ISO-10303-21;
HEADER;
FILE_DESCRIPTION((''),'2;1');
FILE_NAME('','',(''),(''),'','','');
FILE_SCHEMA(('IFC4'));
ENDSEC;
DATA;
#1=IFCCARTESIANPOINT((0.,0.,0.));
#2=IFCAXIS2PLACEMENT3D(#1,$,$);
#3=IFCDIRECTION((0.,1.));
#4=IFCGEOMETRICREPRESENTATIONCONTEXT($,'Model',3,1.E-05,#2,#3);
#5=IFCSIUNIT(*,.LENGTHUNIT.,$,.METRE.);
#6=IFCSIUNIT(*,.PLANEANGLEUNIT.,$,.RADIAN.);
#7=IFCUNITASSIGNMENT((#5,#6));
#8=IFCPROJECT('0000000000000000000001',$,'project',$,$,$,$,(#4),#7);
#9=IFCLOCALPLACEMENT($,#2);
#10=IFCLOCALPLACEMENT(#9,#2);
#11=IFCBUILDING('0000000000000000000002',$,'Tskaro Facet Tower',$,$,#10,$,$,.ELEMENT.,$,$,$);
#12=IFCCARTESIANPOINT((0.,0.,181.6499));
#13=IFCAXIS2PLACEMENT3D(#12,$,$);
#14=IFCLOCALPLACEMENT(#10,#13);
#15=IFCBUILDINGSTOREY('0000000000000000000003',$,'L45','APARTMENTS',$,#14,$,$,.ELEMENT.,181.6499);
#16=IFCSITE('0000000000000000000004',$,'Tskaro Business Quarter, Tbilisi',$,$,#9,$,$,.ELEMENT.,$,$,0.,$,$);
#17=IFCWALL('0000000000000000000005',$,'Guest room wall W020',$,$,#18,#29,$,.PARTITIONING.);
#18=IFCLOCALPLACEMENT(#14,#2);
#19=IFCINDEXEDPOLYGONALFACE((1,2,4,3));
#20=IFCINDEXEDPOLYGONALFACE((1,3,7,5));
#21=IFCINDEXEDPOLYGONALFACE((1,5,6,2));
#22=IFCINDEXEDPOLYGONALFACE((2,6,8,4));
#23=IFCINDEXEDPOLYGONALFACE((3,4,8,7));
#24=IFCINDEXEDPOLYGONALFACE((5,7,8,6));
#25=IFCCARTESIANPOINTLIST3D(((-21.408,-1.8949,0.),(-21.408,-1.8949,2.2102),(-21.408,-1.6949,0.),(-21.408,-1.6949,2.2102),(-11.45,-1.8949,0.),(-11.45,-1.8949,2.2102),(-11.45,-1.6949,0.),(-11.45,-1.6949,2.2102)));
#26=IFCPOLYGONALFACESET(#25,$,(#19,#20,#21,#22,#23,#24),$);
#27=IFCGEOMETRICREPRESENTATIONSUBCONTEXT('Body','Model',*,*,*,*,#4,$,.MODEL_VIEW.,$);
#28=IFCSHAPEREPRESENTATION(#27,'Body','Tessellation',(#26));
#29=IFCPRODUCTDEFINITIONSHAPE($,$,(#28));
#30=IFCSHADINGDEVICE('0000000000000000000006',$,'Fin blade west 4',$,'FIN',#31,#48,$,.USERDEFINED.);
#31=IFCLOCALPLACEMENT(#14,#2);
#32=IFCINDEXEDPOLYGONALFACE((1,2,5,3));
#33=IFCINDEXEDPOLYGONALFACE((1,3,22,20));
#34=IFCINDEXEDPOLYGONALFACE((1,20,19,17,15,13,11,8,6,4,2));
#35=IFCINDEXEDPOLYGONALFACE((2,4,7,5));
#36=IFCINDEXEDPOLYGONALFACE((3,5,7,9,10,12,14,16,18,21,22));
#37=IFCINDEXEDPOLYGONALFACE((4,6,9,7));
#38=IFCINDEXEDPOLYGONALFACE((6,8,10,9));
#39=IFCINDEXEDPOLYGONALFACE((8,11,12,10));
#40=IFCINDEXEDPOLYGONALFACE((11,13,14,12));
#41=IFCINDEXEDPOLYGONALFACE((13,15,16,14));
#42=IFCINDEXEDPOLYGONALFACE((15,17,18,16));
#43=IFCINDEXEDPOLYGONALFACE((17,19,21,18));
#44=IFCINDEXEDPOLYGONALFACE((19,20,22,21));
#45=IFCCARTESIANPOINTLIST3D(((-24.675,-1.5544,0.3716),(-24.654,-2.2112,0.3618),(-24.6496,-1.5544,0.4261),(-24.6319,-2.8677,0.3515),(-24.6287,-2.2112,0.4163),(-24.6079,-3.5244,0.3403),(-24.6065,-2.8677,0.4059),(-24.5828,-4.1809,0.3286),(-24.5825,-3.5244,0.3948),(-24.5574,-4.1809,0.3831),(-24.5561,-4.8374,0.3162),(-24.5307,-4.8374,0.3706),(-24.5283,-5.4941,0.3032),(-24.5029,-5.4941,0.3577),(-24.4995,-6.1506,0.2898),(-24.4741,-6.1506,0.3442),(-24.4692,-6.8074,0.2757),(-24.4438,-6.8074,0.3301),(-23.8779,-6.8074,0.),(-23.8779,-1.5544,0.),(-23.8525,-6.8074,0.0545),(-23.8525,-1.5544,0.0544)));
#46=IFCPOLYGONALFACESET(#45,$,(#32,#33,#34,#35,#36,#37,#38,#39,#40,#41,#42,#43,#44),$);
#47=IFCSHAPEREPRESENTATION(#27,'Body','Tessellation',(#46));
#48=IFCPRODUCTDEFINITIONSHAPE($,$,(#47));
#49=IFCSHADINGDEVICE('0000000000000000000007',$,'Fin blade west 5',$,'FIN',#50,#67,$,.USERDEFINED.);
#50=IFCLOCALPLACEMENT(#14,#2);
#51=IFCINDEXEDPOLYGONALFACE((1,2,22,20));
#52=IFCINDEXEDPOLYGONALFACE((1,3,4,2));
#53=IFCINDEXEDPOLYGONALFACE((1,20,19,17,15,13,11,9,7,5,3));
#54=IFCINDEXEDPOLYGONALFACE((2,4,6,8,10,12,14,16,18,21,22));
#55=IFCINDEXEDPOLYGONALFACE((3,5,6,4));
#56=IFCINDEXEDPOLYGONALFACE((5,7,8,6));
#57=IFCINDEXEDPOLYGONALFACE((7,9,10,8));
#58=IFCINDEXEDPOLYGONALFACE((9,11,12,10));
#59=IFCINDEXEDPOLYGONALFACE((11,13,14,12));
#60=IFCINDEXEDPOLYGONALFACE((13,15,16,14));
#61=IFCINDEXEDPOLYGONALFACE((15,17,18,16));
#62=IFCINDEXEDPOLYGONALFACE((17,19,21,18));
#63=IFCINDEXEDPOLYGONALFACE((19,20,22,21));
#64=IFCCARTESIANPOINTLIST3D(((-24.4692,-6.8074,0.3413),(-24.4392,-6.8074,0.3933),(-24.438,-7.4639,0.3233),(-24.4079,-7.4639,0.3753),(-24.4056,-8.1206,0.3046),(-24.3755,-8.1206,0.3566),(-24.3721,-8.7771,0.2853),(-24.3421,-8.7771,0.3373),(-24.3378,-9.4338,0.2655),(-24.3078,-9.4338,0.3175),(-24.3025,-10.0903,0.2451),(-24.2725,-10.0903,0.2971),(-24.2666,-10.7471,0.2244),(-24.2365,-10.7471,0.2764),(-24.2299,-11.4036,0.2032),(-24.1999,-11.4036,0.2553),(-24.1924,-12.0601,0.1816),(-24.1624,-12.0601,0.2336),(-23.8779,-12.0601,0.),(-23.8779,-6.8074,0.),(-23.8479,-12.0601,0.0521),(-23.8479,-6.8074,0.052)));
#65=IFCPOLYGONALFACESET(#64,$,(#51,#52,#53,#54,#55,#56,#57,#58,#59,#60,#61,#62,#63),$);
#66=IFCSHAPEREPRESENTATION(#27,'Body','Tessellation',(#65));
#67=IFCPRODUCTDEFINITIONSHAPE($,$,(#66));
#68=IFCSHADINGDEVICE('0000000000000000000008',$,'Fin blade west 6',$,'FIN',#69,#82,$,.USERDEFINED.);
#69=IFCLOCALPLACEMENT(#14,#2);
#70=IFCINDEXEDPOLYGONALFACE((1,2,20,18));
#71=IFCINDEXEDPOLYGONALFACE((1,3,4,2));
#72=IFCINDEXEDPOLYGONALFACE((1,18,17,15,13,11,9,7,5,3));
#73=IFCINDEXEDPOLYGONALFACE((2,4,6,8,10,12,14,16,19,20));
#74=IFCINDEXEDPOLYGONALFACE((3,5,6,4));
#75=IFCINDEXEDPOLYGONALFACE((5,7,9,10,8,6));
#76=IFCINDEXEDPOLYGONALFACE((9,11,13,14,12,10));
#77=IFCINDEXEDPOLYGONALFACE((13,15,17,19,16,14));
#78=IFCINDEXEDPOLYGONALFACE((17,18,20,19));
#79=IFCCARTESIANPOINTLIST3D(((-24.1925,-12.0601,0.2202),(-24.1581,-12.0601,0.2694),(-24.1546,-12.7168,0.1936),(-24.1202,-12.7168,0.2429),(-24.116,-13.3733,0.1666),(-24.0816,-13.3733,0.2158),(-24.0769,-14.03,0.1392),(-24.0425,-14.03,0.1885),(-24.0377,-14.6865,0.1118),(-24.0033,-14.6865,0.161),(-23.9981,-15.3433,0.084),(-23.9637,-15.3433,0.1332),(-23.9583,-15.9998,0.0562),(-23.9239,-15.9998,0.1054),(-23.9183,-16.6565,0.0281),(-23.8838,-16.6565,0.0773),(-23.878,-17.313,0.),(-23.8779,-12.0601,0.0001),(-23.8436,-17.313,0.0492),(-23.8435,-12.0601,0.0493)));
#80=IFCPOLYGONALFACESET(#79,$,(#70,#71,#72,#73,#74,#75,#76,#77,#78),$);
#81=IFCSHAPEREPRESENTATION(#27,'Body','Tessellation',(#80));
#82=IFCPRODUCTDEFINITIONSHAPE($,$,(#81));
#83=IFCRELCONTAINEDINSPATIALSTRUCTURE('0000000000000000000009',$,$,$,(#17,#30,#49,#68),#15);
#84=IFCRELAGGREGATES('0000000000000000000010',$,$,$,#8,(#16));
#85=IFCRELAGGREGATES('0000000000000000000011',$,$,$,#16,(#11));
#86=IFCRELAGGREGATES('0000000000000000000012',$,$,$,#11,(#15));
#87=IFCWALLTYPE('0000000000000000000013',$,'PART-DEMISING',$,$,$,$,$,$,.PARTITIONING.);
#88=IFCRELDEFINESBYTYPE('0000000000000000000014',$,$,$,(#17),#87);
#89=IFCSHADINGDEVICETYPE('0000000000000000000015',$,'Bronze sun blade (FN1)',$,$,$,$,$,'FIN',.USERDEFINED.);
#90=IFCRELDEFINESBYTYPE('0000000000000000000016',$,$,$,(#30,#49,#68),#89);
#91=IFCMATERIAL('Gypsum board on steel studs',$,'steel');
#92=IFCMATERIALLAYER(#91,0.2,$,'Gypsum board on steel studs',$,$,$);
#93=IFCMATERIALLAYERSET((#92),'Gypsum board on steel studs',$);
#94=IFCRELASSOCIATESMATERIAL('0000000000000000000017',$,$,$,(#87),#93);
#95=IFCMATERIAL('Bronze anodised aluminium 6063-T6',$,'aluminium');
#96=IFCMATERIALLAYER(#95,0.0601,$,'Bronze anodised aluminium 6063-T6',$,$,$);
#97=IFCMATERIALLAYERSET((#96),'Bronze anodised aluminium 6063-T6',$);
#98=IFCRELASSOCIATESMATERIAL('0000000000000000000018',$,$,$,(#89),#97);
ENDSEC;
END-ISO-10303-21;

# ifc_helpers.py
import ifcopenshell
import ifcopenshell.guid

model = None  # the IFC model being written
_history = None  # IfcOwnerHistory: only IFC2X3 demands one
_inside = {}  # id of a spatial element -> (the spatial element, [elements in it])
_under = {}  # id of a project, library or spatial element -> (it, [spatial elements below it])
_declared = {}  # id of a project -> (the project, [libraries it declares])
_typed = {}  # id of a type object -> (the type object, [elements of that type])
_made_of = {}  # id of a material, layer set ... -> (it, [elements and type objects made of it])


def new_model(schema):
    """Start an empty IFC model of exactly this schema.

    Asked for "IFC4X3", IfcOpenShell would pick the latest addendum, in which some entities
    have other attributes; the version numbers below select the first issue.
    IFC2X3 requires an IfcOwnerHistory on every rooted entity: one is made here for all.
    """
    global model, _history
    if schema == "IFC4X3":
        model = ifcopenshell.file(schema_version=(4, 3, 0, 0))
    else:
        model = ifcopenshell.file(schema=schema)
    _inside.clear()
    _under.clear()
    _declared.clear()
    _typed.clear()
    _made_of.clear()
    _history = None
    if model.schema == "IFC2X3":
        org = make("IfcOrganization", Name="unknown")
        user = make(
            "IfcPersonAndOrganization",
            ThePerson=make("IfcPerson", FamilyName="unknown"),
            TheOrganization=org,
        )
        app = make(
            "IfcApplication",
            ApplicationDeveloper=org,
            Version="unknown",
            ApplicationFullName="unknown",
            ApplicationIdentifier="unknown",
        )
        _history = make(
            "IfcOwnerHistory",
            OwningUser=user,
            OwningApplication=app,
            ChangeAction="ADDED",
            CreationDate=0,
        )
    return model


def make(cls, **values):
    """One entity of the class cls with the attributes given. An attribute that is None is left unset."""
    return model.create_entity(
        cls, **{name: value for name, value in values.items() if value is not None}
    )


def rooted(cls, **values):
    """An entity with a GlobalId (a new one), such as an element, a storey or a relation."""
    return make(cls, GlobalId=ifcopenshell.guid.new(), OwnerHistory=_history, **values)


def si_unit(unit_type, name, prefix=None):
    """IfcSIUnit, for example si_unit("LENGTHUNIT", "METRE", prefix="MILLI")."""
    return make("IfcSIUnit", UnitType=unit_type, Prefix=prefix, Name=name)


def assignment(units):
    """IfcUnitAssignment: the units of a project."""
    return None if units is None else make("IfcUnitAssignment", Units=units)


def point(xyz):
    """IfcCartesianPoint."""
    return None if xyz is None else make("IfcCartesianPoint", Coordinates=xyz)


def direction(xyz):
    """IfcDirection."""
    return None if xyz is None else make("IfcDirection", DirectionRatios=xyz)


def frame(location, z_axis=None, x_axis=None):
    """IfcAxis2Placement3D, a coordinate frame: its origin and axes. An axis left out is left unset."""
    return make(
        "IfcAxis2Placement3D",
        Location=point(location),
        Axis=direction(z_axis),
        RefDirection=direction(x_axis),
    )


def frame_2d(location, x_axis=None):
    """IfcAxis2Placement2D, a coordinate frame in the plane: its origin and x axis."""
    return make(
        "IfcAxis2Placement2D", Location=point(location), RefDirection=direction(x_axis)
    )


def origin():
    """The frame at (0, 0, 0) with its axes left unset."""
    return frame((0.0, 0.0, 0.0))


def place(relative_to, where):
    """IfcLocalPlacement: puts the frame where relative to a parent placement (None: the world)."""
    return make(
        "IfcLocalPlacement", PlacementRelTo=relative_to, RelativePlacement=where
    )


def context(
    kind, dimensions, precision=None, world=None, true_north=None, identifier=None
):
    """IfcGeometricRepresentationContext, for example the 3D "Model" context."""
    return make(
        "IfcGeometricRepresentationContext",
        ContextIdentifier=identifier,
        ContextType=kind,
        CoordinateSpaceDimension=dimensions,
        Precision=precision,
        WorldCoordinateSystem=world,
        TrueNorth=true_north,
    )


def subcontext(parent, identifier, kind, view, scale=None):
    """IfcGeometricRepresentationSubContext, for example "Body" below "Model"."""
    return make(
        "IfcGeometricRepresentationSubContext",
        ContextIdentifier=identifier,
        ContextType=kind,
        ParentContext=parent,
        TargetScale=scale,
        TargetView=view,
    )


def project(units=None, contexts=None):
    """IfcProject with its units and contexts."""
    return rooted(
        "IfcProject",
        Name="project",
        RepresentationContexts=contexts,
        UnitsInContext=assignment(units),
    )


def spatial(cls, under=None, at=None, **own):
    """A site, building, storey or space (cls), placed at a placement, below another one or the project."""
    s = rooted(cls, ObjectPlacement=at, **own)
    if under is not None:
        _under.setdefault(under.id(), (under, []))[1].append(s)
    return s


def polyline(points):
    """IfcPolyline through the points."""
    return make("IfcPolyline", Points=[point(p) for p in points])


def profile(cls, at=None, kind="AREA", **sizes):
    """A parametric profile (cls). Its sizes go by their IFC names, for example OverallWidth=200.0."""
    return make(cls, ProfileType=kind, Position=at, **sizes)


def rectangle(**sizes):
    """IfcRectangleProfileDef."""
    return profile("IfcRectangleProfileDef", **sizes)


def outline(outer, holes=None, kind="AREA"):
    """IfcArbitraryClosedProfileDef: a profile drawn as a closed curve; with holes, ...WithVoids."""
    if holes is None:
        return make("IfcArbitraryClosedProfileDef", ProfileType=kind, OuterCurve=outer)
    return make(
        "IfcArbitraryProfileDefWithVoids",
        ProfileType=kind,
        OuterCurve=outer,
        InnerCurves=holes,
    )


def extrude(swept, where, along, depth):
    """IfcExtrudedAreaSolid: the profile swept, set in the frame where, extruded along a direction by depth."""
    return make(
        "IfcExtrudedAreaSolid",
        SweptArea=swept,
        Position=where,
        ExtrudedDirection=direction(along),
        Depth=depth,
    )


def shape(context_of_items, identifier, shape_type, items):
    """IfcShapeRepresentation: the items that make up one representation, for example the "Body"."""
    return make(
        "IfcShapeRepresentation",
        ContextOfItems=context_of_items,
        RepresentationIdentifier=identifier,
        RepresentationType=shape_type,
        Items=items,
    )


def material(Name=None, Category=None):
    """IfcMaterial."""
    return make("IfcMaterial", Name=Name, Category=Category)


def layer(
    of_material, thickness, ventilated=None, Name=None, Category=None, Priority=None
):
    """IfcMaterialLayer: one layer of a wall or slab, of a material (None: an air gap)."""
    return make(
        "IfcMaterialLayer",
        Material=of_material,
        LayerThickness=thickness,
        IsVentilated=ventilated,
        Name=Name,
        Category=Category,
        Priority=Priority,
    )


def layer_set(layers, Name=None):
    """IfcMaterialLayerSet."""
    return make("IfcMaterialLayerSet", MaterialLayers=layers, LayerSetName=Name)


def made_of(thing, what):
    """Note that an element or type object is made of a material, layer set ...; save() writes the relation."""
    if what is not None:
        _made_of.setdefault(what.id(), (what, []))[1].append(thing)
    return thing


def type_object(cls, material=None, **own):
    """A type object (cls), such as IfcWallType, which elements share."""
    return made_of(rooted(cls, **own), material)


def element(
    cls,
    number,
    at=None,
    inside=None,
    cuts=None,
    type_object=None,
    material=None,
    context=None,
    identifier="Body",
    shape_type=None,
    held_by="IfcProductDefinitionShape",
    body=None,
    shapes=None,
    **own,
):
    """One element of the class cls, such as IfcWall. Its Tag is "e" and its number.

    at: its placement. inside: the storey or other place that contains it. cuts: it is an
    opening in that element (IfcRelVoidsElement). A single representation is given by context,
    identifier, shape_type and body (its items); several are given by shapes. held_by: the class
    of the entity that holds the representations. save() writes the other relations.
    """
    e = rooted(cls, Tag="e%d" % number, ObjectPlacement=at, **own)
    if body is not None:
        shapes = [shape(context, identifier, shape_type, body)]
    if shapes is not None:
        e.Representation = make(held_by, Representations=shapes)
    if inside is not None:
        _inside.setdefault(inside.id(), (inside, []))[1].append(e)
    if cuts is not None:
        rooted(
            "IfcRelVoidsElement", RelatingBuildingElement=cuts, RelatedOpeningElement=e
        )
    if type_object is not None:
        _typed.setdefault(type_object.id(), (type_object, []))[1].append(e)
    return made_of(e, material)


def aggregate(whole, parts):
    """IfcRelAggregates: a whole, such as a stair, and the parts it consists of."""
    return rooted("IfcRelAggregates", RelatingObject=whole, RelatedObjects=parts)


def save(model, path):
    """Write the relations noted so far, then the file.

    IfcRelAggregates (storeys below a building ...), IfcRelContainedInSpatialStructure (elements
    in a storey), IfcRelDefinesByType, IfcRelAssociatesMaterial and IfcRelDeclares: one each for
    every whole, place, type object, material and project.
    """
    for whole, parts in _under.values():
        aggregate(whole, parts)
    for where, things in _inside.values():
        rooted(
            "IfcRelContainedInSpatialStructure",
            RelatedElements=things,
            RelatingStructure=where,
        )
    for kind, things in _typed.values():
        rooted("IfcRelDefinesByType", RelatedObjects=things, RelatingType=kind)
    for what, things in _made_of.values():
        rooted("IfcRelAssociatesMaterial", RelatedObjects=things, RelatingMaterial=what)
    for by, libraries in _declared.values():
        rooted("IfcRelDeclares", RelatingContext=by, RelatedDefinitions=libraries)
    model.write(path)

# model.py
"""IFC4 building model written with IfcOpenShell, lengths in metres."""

from ifc_helpers import new_model, si_unit, direction, frame, frame_2d, origin, place, context, subcontext, project, spatial, polyline, rectangle, outline, extrude, material, layer, layer_set, type_object, element, save


model = new_model("IFC4")

# Units and contexts
model_context = context("Model", 3, precision=1e-05, world=origin(), true_north=direction((0.0, 1.0)))
body_context = subcontext(model_context, "Body", "Model", "MODEL_VIEW")
ifc_project = project(units=[si_unit("LENGTHUNIT", "METRE"), si_unit("PLANEANGLEUNIT", "RADIAN")], contexts=[model_context])

# Site, building, storey
site_placement = place(None, origin())
site = spatial("IfcSite", under=ifc_project, at=site_placement, Name="Tskaro Business Quarter, Tbilisi", CompositionType="ELEMENT", RefElevation=0.0)
building_placement = place(site_placement, origin())
building = spatial("IfcBuilding", under=site, at=building_placement, Name="Tskaro Facet Tower", CompositionType="ELEMENT")
storey_placement = place(building_placement, frame((0.0, 0.0, 181.6499)))
storey = spatial("IfcBuildingStorey", under=building, at=storey_placement, Name="L45", Description="APARTMENTS", CompositionType="ELEMENT", Elevation=181.6499)

# Shared definitions
ifc_material_1 = material(Name="Bronze anodised aluminium 6063-T6", Category="aluminium")

# Shared definitions
ifc_material_2 = material(Name="Gypsum board on steel studs", Category="steel")

# Wall
ifc_layer_1 = layer(ifc_material_2, 0.2, Name="Gypsum board on steel studs")
ifc_layer_set_1 = layer_set([ifc_layer_1], Name="Gypsum board on steel studs")
wall_type_1 = type_object("IfcWallType", Name="PART-DEMISING", PredefinedType="PARTITIONING", material=ifc_layer_set_1)
wall_1_placement = place(storey_placement, frame((-21.408, -1.7949, 0.0), z_axis=(0.0, 0.0, 1.0), x_axis=(1.0, 0.0, 0.0)))
element("IfcWall", 1, at=wall_1_placement, inside=storey, type_object=wall_type_1, Name="Guest room wall W020", PredefinedType="PARTITIONING", context=body_context, shape_type="SweptSolid", body=[
    extrude(rectangle(XDim=9.958, YDim=0.2, at=frame_2d((4.979, 0.0))), origin(), (0.0, 0.0, 1.0), 2.2102),
])

# Shading devices
ifc_layer_2 = layer(ifc_material_1, 0.0601, Name="Bronze anodised aluminium 6063-T6")
ifc_layer_set_2 = layer_set([ifc_layer_2], Name="Bronze anodised aluminium 6063-T6")
shading_device_type = type_object("IfcShadingDeviceType", Name="Bronze sun blade (FN1)", ElementType="FIN", PredefinedType="USERDEFINED", material=ifc_layer_set_2)
shading_device_1_placement = place(storey_placement, frame((-23.8525, -1.5544, 0.0544), z_axis=(0.422549, 0.000001, 0.90634), x_axis=(0.000001, -1.0, 0.000001)))
element("IfcShadingDevice", 2, at=shading_device_1_placement, inside=storey, type_object=shading_device_type, Name="Fin blade west 4", ObjectType="FIN", PredefinedType="USERDEFINED", context=body_context, shape_type="SweptSolid", body=[
    extrude(outline(polyline([(0.0, 0.0), (5.2529, 0.0), (5.2529, -0.6524), (4.5962, -0.6858), (3.9397, -0.7176), (3.283, -0.7483), (2.6265, -0.7777), (1.97, -0.8054), (1.3132, -0.8318), (0.6567, -0.8563), (0.0, -0.8795), (0.0, 0.0)])), origin(), (0.0, 0.0, -1.0), 0.0601),
])
shading_device_2_placement = place(storey_placement, frame((-23.8479, -6.8074, 0.052), z_axis=(0.499954, 0.000011, 0.866052), x_axis=(0.000005, -1.0, 0.000009)))
element("IfcShadingDevice", 3, at=shading_device_2_placement, inside=storey, type_object=shading_device_type, Name="Fin blade west 5", ObjectType="FIN", PredefinedType="USERDEFINED", context=body_context, shape_type="SweptSolid", body=[
    extrude(outline(polyline([(0.0, 0.0), (5.2527, 0.0), (5.2527, -0.3631), (4.5962, -0.4064), (3.9397, -0.4488), (3.283, -0.4902), (2.6265, -0.531), (1.9697, -0.5706), (1.3132, -0.6092), (0.6565, -0.6466), (0.0, -0.6827), (0.0, 0.0)])), origin(), (0.0, 0.0, -1.0), 0.0601),
])
shading_device_3_placement = place(storey_placement, frame((-23.8435, -12.0601, 0.0493), z_axis=(0.573262, -0.000033, 0.819372), x_axis=(-0.000019, -1.0, -0.000027)))
element("IfcShadingDevice", 4, at=shading_device_3_placement, inside=storey, type_object=shading_device_type, Name="Fin blade west 6", ObjectType="FIN", PredefinedType="USERDEFINED", context=body_context, shape_type="SweptSolid", body=[
    extrude(outline(polyline([(0.0, 0.0), (5.2529, 0.0), (4.5964, -0.0491), (3.9397, -0.098), (3.2832, -0.1466), (2.6265, -0.1949), (1.97, -0.2428), (1.3132, -0.2905), (0.6567, -0.3376), (0.0, -0.3839), (0.0, 0.0)])), origin(), (0.0, 0.0, -1.0), 0.0601),
])

save(model, "model.ifc")
